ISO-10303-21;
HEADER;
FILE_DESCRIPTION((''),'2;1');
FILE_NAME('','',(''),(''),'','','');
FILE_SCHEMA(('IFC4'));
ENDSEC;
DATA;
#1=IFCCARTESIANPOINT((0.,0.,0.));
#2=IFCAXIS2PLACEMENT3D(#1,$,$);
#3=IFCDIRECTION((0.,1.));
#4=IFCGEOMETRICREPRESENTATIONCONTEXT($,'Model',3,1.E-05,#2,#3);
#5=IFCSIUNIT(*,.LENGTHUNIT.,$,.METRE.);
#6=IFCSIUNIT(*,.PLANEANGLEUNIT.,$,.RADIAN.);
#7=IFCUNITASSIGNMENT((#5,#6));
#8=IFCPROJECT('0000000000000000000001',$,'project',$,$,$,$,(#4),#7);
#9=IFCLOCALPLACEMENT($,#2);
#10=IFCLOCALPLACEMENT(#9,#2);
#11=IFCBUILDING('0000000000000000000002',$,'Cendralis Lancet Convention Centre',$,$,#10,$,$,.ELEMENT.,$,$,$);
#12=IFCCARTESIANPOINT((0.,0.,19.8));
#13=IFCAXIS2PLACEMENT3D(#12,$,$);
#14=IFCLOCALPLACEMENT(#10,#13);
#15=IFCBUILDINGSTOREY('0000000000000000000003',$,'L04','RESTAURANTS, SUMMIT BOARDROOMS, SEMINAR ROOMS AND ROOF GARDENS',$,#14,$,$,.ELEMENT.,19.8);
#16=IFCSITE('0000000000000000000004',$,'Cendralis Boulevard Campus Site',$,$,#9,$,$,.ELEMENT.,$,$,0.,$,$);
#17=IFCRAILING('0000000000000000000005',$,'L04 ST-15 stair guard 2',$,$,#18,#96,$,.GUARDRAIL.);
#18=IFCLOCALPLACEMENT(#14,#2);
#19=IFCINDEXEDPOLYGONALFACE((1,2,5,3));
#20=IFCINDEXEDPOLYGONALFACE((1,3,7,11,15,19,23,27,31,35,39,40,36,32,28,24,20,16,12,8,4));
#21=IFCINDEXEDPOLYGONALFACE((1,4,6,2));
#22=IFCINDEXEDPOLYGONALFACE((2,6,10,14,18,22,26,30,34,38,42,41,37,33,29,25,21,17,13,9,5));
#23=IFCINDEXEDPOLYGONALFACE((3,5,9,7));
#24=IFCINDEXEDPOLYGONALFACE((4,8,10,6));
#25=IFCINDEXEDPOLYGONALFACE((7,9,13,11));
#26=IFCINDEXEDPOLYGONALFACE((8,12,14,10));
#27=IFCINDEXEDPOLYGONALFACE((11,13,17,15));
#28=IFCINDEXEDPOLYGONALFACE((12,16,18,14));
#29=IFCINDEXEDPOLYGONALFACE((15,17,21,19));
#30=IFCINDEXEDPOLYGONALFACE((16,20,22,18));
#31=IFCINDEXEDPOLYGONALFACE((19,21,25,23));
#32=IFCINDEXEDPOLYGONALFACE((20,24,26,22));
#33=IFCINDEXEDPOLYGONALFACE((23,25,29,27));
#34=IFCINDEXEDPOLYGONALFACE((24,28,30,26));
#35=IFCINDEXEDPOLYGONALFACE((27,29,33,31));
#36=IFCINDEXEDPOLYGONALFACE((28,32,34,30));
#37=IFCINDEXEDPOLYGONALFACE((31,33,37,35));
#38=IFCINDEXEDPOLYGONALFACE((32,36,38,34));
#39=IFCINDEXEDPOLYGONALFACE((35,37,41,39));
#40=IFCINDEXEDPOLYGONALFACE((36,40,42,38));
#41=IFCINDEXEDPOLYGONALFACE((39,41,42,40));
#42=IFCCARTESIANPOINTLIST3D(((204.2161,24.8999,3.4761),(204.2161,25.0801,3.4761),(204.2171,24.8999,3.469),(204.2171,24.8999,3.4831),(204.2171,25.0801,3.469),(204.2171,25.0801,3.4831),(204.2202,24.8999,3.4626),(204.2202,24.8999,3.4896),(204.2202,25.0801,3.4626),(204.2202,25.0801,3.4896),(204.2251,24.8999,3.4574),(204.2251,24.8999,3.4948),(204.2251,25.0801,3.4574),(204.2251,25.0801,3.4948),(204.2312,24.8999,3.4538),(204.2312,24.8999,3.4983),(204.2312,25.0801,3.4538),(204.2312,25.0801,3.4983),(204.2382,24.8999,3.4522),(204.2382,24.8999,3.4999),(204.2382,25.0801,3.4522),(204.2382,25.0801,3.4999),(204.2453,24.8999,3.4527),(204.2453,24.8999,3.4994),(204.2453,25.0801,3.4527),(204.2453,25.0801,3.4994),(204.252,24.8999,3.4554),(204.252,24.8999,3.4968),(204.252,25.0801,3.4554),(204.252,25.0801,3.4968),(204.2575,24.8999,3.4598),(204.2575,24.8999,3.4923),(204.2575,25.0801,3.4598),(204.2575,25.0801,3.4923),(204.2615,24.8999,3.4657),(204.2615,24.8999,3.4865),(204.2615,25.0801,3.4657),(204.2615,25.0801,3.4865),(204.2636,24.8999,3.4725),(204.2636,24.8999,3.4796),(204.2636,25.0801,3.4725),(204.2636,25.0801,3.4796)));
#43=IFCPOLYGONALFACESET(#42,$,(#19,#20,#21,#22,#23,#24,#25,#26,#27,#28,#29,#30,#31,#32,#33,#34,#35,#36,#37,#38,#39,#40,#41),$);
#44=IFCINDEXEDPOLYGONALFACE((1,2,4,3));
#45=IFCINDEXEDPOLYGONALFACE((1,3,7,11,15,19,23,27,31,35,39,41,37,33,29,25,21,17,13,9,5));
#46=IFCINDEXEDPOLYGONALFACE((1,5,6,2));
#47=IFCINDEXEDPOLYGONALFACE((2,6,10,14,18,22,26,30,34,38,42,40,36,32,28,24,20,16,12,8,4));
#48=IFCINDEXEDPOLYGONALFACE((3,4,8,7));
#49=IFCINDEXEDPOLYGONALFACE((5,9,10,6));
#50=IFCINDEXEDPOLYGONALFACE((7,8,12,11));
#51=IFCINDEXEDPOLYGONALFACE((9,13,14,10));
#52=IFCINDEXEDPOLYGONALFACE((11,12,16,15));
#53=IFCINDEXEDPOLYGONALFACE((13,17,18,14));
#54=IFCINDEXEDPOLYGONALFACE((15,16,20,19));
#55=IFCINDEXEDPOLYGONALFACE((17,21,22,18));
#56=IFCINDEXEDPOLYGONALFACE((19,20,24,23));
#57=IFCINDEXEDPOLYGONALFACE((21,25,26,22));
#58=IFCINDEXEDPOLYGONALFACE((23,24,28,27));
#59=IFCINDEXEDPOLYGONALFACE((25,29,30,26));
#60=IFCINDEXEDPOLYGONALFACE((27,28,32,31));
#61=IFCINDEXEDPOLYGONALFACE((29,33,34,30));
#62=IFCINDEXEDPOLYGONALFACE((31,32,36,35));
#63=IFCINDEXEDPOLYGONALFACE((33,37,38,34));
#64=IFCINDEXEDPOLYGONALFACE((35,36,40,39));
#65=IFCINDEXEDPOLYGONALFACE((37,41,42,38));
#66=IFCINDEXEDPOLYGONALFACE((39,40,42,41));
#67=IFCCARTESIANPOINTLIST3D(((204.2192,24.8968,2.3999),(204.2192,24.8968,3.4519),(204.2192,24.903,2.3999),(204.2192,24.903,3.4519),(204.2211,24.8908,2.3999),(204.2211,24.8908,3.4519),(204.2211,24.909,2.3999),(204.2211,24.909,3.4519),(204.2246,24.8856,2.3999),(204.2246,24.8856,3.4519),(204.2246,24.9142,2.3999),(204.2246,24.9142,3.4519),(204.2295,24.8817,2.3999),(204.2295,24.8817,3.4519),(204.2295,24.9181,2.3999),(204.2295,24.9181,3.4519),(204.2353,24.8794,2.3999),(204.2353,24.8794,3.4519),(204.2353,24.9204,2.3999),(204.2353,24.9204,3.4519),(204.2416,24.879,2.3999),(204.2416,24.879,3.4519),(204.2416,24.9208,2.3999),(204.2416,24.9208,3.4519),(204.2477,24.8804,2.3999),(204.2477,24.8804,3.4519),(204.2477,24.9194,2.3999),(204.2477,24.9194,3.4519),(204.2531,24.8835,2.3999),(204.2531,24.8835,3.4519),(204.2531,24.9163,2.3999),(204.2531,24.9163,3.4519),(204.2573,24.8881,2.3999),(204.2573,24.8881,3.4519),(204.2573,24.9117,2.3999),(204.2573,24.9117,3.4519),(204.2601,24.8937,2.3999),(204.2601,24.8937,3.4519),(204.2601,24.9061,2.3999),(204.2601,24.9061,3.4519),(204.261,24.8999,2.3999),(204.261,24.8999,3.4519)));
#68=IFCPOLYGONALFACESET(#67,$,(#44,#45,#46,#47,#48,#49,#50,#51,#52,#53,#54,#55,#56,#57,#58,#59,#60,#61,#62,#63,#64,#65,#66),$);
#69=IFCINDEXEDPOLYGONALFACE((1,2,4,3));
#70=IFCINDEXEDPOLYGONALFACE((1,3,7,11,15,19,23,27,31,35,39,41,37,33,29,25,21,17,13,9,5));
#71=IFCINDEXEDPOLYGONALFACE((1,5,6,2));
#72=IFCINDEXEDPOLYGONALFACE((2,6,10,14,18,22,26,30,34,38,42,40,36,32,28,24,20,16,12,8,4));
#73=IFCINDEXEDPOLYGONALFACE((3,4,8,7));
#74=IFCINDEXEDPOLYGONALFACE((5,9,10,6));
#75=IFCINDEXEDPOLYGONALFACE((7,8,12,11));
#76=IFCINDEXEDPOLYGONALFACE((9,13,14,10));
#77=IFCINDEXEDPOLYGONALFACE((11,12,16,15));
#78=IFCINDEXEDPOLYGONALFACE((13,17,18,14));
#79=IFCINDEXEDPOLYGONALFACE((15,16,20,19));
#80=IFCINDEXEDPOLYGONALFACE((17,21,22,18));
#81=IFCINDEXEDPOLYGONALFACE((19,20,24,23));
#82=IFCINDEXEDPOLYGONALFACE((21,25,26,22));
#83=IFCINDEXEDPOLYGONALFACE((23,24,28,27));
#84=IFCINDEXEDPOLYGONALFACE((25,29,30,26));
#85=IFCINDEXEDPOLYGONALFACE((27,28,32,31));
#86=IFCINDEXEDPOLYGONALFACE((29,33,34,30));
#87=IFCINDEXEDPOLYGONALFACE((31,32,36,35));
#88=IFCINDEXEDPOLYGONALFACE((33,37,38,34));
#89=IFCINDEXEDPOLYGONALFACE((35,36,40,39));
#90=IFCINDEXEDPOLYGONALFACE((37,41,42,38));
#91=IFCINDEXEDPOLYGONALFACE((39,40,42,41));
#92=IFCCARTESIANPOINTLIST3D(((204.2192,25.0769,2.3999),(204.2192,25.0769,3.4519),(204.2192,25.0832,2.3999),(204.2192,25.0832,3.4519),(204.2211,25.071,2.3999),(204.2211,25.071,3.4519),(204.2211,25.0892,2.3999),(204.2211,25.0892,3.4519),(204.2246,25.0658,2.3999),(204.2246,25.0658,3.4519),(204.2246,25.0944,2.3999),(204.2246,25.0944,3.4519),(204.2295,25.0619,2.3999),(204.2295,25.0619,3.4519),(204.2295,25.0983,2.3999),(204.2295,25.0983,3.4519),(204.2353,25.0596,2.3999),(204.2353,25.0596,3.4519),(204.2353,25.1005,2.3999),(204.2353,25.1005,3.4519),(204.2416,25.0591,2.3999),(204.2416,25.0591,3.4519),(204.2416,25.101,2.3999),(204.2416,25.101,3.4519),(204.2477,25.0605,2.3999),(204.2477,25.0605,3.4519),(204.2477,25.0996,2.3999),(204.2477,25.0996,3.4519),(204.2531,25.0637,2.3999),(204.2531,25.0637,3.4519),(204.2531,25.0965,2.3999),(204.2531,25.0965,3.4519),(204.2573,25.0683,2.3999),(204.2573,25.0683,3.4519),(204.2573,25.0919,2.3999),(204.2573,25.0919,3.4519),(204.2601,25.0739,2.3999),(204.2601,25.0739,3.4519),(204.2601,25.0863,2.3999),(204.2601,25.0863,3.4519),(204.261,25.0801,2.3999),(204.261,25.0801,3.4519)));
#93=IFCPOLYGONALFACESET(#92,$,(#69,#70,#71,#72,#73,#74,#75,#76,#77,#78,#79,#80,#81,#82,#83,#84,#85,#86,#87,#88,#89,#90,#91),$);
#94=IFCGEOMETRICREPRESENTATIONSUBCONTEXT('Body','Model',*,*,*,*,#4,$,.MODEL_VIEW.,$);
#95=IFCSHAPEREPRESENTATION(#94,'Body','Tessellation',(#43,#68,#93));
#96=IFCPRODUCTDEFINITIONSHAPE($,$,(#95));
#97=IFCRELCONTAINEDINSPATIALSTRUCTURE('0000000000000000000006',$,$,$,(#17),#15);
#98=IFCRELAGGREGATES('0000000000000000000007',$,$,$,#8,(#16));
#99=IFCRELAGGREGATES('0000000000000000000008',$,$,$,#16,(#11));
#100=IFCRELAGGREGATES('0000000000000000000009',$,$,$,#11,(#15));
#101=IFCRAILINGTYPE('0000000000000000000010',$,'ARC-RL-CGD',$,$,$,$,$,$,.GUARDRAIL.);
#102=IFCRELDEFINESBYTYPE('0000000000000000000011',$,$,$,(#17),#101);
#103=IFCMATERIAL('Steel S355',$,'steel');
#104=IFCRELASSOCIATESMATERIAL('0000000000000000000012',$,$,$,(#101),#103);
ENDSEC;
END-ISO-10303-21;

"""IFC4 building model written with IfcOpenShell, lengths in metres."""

from ifc_helpers import new_model, si_unit, direction, frame, origin, origin_2d, place, context, subcontext, project, spatial, circle, extrude, material, type_object, element, save


model = new_model("IFC4")

# Units and contexts
model_context = context("Model", 3, precision=1e-05, world=origin(), true_north=direction((0.0, 1.0)))
body_context = subcontext(model_context, "Body", "Model", "MODEL_VIEW")
ifc_project = project(units=[si_unit("LENGTHUNIT", "METRE"), si_unit("PLANEANGLEUNIT", "RADIAN")], contexts=[model_context])

# Site, building, storey
site_placement = place(None, origin())
site = spatial("IfcSite", under=ifc_project, at=site_placement, Name="Cendralis Boulevard Campus Site", CompositionType="ELEMENT", RefElevation=0.0)
building_placement = place(site_placement, origin())
building = spatial("IfcBuilding", under=site, at=building_placement, Name="Cendralis Lancet Convention Centre", CompositionType="ELEMENT")
storey_placement = place(building_placement, frame((0.0, 0.0, 19.8)))
storey = spatial("IfcBuildingStorey", under=building, at=storey_placement, Name="L04", Description="RESTAURANTS, SUMMIT BOARDROOMS, SEMINAR ROOMS AND ROOF GARDENS", CompositionType="ELEMENT", Elevation=19.8)

# Shared definitions
ifc_material_1 = material(Name="Steel S355", Category="steel")

# Railing
railing_type_1 = type_object("IfcRailingType", Name="ARC-RL-CGD", PredefinedType="GUARDRAIL", material=ifc_material_1)
railing_1_placement = place(storey_placement, frame((204.24, 24.8999, 2.3999)))
element("IfcRailing", 1, at=railing_1_placement, inside=storey, type_object=railing_type_1, Name="L04 ST-15 stair guard 2", PredefinedType="GUARDRAIL", context=body_context, shape_type="SweptSolid", body=[
    extrude(circle(Radius=0.0239, at=origin_2d()), frame((0.0, 0.0, 1.0762), z_axis=(0.0, 1.0, 0.0), x_axis=(-1.0, 0.0, 0.0)), (0.0, 0.0, 1.0), 0.1802),
    extrude(circle(Radius=0.021, at=origin_2d()), origin(), (0.0, 0.0, 1.0), 1.052),
    extrude(circle(Radius=0.021, at=origin_2d()), frame((0.0, 0.1802, 0.0)), (0.0, 0.0, 1.0), 1.052),
])

save(model, "model.ifc")
